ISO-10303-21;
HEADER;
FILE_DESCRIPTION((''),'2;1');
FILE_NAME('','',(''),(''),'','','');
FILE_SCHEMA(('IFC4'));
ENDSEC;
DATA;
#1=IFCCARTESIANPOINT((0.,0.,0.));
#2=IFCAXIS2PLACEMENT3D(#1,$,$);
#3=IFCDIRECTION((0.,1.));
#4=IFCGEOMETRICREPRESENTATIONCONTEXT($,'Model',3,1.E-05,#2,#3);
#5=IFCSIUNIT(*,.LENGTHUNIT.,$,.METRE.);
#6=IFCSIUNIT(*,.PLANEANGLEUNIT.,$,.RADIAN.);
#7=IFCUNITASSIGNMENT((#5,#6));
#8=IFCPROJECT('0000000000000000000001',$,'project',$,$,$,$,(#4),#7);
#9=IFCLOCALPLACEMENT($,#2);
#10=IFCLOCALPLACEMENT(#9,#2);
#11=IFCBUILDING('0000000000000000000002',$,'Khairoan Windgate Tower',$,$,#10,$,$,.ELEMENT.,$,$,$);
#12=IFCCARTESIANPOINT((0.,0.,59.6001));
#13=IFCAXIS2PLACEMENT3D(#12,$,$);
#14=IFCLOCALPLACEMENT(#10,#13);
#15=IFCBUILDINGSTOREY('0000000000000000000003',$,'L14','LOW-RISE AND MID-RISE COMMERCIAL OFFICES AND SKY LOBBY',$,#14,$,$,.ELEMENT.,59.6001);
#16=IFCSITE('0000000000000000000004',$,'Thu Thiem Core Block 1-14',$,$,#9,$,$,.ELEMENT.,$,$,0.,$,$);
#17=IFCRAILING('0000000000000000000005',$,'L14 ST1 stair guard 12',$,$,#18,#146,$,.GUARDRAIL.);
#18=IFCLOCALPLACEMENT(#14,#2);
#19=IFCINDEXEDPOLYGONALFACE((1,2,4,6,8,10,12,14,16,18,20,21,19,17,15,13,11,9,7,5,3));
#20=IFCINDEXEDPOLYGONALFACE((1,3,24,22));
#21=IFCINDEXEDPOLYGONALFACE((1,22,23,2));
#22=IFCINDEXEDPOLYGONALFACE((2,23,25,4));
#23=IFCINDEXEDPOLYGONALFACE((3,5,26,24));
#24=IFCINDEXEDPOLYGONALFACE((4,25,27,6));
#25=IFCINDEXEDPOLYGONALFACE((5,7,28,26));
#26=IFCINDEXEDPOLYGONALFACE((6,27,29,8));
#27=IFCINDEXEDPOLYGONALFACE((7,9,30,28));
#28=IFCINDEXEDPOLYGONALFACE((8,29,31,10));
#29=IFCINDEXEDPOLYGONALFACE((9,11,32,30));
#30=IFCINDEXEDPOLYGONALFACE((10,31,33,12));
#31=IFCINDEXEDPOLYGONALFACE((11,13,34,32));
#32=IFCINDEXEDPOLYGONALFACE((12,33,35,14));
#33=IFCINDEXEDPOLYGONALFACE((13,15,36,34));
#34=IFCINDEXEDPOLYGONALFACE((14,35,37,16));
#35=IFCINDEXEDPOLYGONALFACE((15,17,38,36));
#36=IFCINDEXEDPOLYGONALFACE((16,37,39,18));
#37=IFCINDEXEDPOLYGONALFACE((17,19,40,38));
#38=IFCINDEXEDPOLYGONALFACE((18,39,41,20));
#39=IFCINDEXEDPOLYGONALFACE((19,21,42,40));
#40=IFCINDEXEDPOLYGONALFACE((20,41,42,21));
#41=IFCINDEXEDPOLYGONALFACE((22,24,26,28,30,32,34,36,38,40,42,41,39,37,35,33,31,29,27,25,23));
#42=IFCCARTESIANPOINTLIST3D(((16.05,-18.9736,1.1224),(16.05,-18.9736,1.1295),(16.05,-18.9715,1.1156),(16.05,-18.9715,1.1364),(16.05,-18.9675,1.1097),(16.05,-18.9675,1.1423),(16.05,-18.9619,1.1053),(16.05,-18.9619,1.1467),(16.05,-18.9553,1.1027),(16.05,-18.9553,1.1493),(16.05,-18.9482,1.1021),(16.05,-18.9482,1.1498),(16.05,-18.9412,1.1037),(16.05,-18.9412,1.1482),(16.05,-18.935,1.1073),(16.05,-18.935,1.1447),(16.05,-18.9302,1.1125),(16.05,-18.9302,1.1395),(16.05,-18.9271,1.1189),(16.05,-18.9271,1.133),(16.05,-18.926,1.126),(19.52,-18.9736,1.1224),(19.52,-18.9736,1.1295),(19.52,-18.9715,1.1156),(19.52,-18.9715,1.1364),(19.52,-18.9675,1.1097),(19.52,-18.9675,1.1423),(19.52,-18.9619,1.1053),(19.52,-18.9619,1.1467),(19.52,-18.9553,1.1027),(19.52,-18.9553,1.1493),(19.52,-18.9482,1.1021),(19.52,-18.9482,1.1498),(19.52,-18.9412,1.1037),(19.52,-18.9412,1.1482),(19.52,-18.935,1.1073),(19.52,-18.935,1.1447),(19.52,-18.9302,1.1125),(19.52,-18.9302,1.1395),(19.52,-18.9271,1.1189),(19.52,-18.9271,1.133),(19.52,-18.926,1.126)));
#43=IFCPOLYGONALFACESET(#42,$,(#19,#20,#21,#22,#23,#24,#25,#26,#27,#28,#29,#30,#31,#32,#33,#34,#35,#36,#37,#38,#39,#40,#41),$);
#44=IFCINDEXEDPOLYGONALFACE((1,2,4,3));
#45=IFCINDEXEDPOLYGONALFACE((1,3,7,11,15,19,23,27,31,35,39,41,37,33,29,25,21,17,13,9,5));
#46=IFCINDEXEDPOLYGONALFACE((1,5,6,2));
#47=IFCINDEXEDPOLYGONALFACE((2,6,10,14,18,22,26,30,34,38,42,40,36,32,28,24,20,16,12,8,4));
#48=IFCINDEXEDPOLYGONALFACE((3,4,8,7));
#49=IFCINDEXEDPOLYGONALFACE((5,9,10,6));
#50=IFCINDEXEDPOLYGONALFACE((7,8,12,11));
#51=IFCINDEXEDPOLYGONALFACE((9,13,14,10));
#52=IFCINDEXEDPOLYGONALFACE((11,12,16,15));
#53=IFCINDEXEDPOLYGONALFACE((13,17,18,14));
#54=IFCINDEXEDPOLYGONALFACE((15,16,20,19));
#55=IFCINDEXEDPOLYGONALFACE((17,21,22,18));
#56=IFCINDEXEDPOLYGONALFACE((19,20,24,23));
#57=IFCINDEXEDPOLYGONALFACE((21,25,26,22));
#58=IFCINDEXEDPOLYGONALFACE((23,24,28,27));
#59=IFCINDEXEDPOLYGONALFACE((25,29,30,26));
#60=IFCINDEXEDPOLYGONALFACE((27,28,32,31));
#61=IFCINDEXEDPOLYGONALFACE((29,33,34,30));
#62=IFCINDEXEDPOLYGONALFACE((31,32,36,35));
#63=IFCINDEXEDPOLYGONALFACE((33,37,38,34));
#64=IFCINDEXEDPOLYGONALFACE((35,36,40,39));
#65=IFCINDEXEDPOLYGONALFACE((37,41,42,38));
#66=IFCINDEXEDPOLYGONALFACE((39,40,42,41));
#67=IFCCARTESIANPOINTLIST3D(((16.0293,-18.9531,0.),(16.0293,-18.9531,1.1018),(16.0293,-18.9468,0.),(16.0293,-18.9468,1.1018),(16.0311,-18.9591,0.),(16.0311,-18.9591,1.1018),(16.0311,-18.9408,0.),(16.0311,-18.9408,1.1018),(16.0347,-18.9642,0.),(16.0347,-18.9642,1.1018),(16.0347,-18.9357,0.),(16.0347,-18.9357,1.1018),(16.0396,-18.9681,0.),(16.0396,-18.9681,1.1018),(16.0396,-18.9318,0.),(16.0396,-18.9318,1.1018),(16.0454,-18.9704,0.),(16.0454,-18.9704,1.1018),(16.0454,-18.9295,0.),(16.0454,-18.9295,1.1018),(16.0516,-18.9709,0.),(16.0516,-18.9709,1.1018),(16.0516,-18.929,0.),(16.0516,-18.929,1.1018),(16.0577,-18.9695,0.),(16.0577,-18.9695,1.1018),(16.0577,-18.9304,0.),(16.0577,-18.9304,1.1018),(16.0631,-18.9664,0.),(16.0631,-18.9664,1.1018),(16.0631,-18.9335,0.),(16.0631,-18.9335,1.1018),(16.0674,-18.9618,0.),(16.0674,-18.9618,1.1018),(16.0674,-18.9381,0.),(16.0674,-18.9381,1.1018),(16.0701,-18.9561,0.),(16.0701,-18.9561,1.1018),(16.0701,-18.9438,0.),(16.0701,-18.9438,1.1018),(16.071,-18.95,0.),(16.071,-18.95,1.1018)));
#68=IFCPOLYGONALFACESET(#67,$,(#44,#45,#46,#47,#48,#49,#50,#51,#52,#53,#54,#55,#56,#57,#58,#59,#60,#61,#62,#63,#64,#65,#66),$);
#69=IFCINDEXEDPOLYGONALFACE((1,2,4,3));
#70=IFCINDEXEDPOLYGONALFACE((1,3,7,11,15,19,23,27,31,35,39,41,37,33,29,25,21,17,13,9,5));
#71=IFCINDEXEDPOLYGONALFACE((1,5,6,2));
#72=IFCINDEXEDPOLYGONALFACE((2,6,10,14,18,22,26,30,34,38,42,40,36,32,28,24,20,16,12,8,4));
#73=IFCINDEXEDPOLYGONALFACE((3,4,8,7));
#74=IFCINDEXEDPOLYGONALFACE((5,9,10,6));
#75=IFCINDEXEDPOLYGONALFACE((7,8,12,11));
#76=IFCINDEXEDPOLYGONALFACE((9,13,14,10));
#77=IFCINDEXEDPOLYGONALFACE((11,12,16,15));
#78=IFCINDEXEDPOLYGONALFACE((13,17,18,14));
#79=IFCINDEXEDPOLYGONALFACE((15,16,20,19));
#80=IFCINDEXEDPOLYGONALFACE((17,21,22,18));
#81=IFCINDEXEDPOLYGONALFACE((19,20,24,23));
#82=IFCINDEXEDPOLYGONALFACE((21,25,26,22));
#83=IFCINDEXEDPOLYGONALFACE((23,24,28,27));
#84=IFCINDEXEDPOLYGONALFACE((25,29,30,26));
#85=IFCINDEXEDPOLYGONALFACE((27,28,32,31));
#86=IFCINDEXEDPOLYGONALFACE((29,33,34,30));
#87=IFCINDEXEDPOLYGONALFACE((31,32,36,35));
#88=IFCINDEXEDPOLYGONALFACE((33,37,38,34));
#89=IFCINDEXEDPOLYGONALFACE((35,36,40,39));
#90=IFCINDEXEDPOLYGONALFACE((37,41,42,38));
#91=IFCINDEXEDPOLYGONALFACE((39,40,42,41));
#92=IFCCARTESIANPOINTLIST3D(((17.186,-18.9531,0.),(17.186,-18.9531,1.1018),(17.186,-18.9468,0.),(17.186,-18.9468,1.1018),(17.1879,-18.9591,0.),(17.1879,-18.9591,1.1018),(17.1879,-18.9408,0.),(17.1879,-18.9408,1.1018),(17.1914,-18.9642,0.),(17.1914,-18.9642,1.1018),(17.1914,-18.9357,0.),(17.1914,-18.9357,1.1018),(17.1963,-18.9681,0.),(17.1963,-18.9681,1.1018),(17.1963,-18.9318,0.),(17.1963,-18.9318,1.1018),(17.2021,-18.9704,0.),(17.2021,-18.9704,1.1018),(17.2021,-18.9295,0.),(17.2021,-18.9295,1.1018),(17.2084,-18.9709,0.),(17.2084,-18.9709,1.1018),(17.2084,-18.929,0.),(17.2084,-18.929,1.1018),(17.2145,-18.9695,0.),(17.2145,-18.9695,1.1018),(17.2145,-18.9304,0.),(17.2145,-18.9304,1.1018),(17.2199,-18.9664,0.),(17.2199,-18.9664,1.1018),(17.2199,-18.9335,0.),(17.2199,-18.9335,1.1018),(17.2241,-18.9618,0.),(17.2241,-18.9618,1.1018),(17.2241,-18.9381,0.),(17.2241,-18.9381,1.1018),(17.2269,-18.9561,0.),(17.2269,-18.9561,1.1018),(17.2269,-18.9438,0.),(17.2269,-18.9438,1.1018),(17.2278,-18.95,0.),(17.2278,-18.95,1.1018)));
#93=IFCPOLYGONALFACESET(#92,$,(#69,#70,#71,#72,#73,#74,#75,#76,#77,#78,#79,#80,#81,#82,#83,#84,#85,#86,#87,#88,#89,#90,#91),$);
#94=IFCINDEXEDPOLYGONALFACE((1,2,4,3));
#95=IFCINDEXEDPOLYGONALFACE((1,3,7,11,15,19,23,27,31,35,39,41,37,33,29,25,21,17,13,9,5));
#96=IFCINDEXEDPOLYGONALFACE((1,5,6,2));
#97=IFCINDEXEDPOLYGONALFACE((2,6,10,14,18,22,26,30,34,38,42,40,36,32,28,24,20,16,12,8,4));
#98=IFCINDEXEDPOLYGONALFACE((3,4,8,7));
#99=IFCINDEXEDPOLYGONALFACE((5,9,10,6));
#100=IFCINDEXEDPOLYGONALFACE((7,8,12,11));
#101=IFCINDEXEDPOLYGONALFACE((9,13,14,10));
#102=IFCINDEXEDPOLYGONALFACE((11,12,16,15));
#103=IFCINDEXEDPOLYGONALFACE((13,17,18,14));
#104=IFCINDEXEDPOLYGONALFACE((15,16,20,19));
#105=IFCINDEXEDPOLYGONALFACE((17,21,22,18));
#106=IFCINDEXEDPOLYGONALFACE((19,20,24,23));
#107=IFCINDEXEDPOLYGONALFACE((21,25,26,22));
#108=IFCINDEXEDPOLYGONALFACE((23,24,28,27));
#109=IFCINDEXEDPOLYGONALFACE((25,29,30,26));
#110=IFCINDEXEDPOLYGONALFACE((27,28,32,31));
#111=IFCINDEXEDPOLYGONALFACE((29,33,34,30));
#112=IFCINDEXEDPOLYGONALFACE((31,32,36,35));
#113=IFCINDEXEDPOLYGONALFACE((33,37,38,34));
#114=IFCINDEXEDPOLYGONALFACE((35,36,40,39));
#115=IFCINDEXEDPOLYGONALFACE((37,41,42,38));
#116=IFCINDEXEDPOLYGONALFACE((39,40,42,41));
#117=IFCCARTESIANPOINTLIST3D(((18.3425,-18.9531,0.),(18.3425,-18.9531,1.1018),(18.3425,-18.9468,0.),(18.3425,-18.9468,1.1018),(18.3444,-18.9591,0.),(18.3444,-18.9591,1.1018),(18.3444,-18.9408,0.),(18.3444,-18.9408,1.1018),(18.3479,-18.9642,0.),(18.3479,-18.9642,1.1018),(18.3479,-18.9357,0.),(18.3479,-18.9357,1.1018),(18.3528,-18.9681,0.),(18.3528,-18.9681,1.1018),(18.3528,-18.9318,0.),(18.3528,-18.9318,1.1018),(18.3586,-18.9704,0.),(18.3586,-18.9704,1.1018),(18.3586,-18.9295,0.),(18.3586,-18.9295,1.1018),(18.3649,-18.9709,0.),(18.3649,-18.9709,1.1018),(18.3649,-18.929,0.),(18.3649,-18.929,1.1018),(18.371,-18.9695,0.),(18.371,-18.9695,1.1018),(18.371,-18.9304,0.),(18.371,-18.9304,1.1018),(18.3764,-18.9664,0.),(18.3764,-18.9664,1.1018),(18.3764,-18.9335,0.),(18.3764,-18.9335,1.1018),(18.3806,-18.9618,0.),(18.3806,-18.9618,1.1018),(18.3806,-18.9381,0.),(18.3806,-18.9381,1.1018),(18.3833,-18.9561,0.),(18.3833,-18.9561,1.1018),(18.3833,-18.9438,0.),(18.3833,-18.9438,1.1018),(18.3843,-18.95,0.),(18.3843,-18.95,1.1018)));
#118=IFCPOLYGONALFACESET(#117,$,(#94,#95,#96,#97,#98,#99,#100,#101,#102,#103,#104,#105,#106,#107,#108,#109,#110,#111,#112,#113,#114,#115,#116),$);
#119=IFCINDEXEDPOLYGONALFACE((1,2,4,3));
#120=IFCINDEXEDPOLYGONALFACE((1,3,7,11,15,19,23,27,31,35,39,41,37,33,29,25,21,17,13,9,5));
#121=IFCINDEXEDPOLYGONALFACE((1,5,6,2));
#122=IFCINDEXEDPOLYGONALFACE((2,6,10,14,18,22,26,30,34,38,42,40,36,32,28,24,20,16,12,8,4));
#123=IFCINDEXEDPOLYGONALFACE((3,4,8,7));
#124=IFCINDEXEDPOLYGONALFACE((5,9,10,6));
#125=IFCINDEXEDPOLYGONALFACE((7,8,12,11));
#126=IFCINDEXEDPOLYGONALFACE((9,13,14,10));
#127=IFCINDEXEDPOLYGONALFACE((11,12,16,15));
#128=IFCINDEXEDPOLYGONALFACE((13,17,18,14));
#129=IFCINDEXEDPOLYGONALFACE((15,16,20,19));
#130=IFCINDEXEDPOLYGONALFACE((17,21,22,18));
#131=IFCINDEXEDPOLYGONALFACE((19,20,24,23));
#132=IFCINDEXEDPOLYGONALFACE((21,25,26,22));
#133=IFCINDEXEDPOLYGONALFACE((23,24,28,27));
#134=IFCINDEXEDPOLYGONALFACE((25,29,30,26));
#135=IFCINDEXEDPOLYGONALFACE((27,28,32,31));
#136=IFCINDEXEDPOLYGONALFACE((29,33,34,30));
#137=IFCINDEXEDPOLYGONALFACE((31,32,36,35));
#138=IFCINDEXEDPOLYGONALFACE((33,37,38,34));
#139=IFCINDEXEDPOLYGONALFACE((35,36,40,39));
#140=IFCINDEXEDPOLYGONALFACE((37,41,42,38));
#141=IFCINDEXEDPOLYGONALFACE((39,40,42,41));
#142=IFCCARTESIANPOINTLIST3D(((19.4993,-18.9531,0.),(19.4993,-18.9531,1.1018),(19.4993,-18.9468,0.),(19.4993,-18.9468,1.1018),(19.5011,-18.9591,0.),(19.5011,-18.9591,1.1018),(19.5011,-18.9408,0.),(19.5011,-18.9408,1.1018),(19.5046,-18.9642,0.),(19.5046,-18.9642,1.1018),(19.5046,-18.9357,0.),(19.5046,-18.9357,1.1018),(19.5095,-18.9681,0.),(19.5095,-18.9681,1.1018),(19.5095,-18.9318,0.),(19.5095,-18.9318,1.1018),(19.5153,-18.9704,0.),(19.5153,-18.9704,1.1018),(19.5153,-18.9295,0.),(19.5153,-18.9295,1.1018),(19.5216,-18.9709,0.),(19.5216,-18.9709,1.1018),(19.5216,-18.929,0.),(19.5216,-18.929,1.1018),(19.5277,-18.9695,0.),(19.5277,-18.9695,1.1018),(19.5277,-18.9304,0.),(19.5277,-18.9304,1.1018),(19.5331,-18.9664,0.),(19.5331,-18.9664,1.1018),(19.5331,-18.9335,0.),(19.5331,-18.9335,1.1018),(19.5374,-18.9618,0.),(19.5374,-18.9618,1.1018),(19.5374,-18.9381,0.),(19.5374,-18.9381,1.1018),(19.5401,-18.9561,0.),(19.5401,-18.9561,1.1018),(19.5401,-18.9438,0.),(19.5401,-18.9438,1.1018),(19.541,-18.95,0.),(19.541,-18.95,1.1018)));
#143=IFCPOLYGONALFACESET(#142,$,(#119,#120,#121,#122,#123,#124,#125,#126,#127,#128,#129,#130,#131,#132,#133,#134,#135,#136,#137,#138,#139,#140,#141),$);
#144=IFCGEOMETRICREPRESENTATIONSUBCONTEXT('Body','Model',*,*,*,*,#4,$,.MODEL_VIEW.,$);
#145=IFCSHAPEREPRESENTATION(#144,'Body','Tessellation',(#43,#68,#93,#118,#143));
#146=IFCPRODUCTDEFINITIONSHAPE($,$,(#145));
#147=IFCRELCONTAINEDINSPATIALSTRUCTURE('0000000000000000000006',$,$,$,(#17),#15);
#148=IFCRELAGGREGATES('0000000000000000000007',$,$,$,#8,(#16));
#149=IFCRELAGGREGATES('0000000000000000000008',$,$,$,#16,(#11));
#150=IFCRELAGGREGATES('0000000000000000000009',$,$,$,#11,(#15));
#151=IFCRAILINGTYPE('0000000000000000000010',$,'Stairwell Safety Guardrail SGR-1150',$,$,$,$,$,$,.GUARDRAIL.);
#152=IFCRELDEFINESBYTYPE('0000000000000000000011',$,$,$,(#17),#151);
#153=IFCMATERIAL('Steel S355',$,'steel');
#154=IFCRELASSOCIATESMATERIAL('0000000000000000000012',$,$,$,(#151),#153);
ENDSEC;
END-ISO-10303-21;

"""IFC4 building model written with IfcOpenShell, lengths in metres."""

from ifc_helpers import new_model, si_unit, direction, frame, origin, origin_2d, place, context, subcontext, project, spatial, circle, extrude, material, type_object, element, save


model = new_model("IFC4")

# Units and contexts
model_context = context("Model", 3, precision=1e-05, world=origin(), true_north=direction((0.0, 1.0)))
body_context = subcontext(model_context, "Body", "Model", "MODEL_VIEW")
ifc_project = project(units=[si_unit("LENGTHUNIT", "METRE"), si_unit("PLANEANGLEUNIT", "RADIAN")], contexts=[model_context])

# Site, building, storey
site_placement = place(None, origin())
site = spatial("IfcSite", under=ifc_project, at=site_placement, Name="Thu Thiem Core Block 1-14", CompositionType="ELEMENT", RefElevation=0.0)
building_placement = place(site_placement, origin())
building = spatial("IfcBuilding", under=site, at=building_placement, Name="Khairoan Windgate Tower", CompositionType="ELEMENT")
storey_placement = place(building_placement, frame((0.0, 0.0, 59.6001)))
storey = spatial("IfcBuildingStorey", under=building, at=storey_placement, Name="L14", Description="LOW-RISE AND MID-RISE COMMERCIAL OFFICES AND SKY LOBBY", CompositionType="ELEMENT", Elevation=59.6001)

# Railing
ifc_material_1 = material(Name="Steel S355", Category="steel")
railing_type = type_object("IfcRailingType", Name="Stairwell Safety Guardrail SGR-1150", PredefinedType="GUARDRAIL", material=ifc_material_1)
railing_1_placement = place(storey_placement, frame((16.05, -18.95, 0.0)))
element("IfcRailing", 1, at=railing_1_placement, inside=storey, type_object=railing_type, Name="L14 ST1 stair guard 12", PredefinedType="GUARDRAIL", context=body_context, shape_type="SweptSolid", body=[
    extrude(circle(Radius=0.0239, at=origin_2d()), frame((0.0, 0.0, 1.126), z_axis=(1.0, 0.0, 0.0), x_axis=(0.0, 1.0, 0.0)), (0.0, 0.0, 1.0), 3.47),
    extrude(circle(Radius=0.021, at=origin_2d()), origin(), (0.0, 0.0, 1.0), 1.1018),
    extrude(circle(Radius=0.021, at=origin_2d()), frame((1.1567, 0.0, 0.0)), (0.0, 0.0, 1.0), 1.1018),
    extrude(circle(Radius=0.021, at=origin_2d()), frame((2.3132, 0.0, 0.0)), (0.0, 0.0, 1.0), 1.1018),
    extrude(circle(Radius=0.021, at=origin_2d()), frame((3.47, 0.0, 0.0)), (0.0, 0.0, 1.0), 1.1018),
])

save(model, "model.ifc")
